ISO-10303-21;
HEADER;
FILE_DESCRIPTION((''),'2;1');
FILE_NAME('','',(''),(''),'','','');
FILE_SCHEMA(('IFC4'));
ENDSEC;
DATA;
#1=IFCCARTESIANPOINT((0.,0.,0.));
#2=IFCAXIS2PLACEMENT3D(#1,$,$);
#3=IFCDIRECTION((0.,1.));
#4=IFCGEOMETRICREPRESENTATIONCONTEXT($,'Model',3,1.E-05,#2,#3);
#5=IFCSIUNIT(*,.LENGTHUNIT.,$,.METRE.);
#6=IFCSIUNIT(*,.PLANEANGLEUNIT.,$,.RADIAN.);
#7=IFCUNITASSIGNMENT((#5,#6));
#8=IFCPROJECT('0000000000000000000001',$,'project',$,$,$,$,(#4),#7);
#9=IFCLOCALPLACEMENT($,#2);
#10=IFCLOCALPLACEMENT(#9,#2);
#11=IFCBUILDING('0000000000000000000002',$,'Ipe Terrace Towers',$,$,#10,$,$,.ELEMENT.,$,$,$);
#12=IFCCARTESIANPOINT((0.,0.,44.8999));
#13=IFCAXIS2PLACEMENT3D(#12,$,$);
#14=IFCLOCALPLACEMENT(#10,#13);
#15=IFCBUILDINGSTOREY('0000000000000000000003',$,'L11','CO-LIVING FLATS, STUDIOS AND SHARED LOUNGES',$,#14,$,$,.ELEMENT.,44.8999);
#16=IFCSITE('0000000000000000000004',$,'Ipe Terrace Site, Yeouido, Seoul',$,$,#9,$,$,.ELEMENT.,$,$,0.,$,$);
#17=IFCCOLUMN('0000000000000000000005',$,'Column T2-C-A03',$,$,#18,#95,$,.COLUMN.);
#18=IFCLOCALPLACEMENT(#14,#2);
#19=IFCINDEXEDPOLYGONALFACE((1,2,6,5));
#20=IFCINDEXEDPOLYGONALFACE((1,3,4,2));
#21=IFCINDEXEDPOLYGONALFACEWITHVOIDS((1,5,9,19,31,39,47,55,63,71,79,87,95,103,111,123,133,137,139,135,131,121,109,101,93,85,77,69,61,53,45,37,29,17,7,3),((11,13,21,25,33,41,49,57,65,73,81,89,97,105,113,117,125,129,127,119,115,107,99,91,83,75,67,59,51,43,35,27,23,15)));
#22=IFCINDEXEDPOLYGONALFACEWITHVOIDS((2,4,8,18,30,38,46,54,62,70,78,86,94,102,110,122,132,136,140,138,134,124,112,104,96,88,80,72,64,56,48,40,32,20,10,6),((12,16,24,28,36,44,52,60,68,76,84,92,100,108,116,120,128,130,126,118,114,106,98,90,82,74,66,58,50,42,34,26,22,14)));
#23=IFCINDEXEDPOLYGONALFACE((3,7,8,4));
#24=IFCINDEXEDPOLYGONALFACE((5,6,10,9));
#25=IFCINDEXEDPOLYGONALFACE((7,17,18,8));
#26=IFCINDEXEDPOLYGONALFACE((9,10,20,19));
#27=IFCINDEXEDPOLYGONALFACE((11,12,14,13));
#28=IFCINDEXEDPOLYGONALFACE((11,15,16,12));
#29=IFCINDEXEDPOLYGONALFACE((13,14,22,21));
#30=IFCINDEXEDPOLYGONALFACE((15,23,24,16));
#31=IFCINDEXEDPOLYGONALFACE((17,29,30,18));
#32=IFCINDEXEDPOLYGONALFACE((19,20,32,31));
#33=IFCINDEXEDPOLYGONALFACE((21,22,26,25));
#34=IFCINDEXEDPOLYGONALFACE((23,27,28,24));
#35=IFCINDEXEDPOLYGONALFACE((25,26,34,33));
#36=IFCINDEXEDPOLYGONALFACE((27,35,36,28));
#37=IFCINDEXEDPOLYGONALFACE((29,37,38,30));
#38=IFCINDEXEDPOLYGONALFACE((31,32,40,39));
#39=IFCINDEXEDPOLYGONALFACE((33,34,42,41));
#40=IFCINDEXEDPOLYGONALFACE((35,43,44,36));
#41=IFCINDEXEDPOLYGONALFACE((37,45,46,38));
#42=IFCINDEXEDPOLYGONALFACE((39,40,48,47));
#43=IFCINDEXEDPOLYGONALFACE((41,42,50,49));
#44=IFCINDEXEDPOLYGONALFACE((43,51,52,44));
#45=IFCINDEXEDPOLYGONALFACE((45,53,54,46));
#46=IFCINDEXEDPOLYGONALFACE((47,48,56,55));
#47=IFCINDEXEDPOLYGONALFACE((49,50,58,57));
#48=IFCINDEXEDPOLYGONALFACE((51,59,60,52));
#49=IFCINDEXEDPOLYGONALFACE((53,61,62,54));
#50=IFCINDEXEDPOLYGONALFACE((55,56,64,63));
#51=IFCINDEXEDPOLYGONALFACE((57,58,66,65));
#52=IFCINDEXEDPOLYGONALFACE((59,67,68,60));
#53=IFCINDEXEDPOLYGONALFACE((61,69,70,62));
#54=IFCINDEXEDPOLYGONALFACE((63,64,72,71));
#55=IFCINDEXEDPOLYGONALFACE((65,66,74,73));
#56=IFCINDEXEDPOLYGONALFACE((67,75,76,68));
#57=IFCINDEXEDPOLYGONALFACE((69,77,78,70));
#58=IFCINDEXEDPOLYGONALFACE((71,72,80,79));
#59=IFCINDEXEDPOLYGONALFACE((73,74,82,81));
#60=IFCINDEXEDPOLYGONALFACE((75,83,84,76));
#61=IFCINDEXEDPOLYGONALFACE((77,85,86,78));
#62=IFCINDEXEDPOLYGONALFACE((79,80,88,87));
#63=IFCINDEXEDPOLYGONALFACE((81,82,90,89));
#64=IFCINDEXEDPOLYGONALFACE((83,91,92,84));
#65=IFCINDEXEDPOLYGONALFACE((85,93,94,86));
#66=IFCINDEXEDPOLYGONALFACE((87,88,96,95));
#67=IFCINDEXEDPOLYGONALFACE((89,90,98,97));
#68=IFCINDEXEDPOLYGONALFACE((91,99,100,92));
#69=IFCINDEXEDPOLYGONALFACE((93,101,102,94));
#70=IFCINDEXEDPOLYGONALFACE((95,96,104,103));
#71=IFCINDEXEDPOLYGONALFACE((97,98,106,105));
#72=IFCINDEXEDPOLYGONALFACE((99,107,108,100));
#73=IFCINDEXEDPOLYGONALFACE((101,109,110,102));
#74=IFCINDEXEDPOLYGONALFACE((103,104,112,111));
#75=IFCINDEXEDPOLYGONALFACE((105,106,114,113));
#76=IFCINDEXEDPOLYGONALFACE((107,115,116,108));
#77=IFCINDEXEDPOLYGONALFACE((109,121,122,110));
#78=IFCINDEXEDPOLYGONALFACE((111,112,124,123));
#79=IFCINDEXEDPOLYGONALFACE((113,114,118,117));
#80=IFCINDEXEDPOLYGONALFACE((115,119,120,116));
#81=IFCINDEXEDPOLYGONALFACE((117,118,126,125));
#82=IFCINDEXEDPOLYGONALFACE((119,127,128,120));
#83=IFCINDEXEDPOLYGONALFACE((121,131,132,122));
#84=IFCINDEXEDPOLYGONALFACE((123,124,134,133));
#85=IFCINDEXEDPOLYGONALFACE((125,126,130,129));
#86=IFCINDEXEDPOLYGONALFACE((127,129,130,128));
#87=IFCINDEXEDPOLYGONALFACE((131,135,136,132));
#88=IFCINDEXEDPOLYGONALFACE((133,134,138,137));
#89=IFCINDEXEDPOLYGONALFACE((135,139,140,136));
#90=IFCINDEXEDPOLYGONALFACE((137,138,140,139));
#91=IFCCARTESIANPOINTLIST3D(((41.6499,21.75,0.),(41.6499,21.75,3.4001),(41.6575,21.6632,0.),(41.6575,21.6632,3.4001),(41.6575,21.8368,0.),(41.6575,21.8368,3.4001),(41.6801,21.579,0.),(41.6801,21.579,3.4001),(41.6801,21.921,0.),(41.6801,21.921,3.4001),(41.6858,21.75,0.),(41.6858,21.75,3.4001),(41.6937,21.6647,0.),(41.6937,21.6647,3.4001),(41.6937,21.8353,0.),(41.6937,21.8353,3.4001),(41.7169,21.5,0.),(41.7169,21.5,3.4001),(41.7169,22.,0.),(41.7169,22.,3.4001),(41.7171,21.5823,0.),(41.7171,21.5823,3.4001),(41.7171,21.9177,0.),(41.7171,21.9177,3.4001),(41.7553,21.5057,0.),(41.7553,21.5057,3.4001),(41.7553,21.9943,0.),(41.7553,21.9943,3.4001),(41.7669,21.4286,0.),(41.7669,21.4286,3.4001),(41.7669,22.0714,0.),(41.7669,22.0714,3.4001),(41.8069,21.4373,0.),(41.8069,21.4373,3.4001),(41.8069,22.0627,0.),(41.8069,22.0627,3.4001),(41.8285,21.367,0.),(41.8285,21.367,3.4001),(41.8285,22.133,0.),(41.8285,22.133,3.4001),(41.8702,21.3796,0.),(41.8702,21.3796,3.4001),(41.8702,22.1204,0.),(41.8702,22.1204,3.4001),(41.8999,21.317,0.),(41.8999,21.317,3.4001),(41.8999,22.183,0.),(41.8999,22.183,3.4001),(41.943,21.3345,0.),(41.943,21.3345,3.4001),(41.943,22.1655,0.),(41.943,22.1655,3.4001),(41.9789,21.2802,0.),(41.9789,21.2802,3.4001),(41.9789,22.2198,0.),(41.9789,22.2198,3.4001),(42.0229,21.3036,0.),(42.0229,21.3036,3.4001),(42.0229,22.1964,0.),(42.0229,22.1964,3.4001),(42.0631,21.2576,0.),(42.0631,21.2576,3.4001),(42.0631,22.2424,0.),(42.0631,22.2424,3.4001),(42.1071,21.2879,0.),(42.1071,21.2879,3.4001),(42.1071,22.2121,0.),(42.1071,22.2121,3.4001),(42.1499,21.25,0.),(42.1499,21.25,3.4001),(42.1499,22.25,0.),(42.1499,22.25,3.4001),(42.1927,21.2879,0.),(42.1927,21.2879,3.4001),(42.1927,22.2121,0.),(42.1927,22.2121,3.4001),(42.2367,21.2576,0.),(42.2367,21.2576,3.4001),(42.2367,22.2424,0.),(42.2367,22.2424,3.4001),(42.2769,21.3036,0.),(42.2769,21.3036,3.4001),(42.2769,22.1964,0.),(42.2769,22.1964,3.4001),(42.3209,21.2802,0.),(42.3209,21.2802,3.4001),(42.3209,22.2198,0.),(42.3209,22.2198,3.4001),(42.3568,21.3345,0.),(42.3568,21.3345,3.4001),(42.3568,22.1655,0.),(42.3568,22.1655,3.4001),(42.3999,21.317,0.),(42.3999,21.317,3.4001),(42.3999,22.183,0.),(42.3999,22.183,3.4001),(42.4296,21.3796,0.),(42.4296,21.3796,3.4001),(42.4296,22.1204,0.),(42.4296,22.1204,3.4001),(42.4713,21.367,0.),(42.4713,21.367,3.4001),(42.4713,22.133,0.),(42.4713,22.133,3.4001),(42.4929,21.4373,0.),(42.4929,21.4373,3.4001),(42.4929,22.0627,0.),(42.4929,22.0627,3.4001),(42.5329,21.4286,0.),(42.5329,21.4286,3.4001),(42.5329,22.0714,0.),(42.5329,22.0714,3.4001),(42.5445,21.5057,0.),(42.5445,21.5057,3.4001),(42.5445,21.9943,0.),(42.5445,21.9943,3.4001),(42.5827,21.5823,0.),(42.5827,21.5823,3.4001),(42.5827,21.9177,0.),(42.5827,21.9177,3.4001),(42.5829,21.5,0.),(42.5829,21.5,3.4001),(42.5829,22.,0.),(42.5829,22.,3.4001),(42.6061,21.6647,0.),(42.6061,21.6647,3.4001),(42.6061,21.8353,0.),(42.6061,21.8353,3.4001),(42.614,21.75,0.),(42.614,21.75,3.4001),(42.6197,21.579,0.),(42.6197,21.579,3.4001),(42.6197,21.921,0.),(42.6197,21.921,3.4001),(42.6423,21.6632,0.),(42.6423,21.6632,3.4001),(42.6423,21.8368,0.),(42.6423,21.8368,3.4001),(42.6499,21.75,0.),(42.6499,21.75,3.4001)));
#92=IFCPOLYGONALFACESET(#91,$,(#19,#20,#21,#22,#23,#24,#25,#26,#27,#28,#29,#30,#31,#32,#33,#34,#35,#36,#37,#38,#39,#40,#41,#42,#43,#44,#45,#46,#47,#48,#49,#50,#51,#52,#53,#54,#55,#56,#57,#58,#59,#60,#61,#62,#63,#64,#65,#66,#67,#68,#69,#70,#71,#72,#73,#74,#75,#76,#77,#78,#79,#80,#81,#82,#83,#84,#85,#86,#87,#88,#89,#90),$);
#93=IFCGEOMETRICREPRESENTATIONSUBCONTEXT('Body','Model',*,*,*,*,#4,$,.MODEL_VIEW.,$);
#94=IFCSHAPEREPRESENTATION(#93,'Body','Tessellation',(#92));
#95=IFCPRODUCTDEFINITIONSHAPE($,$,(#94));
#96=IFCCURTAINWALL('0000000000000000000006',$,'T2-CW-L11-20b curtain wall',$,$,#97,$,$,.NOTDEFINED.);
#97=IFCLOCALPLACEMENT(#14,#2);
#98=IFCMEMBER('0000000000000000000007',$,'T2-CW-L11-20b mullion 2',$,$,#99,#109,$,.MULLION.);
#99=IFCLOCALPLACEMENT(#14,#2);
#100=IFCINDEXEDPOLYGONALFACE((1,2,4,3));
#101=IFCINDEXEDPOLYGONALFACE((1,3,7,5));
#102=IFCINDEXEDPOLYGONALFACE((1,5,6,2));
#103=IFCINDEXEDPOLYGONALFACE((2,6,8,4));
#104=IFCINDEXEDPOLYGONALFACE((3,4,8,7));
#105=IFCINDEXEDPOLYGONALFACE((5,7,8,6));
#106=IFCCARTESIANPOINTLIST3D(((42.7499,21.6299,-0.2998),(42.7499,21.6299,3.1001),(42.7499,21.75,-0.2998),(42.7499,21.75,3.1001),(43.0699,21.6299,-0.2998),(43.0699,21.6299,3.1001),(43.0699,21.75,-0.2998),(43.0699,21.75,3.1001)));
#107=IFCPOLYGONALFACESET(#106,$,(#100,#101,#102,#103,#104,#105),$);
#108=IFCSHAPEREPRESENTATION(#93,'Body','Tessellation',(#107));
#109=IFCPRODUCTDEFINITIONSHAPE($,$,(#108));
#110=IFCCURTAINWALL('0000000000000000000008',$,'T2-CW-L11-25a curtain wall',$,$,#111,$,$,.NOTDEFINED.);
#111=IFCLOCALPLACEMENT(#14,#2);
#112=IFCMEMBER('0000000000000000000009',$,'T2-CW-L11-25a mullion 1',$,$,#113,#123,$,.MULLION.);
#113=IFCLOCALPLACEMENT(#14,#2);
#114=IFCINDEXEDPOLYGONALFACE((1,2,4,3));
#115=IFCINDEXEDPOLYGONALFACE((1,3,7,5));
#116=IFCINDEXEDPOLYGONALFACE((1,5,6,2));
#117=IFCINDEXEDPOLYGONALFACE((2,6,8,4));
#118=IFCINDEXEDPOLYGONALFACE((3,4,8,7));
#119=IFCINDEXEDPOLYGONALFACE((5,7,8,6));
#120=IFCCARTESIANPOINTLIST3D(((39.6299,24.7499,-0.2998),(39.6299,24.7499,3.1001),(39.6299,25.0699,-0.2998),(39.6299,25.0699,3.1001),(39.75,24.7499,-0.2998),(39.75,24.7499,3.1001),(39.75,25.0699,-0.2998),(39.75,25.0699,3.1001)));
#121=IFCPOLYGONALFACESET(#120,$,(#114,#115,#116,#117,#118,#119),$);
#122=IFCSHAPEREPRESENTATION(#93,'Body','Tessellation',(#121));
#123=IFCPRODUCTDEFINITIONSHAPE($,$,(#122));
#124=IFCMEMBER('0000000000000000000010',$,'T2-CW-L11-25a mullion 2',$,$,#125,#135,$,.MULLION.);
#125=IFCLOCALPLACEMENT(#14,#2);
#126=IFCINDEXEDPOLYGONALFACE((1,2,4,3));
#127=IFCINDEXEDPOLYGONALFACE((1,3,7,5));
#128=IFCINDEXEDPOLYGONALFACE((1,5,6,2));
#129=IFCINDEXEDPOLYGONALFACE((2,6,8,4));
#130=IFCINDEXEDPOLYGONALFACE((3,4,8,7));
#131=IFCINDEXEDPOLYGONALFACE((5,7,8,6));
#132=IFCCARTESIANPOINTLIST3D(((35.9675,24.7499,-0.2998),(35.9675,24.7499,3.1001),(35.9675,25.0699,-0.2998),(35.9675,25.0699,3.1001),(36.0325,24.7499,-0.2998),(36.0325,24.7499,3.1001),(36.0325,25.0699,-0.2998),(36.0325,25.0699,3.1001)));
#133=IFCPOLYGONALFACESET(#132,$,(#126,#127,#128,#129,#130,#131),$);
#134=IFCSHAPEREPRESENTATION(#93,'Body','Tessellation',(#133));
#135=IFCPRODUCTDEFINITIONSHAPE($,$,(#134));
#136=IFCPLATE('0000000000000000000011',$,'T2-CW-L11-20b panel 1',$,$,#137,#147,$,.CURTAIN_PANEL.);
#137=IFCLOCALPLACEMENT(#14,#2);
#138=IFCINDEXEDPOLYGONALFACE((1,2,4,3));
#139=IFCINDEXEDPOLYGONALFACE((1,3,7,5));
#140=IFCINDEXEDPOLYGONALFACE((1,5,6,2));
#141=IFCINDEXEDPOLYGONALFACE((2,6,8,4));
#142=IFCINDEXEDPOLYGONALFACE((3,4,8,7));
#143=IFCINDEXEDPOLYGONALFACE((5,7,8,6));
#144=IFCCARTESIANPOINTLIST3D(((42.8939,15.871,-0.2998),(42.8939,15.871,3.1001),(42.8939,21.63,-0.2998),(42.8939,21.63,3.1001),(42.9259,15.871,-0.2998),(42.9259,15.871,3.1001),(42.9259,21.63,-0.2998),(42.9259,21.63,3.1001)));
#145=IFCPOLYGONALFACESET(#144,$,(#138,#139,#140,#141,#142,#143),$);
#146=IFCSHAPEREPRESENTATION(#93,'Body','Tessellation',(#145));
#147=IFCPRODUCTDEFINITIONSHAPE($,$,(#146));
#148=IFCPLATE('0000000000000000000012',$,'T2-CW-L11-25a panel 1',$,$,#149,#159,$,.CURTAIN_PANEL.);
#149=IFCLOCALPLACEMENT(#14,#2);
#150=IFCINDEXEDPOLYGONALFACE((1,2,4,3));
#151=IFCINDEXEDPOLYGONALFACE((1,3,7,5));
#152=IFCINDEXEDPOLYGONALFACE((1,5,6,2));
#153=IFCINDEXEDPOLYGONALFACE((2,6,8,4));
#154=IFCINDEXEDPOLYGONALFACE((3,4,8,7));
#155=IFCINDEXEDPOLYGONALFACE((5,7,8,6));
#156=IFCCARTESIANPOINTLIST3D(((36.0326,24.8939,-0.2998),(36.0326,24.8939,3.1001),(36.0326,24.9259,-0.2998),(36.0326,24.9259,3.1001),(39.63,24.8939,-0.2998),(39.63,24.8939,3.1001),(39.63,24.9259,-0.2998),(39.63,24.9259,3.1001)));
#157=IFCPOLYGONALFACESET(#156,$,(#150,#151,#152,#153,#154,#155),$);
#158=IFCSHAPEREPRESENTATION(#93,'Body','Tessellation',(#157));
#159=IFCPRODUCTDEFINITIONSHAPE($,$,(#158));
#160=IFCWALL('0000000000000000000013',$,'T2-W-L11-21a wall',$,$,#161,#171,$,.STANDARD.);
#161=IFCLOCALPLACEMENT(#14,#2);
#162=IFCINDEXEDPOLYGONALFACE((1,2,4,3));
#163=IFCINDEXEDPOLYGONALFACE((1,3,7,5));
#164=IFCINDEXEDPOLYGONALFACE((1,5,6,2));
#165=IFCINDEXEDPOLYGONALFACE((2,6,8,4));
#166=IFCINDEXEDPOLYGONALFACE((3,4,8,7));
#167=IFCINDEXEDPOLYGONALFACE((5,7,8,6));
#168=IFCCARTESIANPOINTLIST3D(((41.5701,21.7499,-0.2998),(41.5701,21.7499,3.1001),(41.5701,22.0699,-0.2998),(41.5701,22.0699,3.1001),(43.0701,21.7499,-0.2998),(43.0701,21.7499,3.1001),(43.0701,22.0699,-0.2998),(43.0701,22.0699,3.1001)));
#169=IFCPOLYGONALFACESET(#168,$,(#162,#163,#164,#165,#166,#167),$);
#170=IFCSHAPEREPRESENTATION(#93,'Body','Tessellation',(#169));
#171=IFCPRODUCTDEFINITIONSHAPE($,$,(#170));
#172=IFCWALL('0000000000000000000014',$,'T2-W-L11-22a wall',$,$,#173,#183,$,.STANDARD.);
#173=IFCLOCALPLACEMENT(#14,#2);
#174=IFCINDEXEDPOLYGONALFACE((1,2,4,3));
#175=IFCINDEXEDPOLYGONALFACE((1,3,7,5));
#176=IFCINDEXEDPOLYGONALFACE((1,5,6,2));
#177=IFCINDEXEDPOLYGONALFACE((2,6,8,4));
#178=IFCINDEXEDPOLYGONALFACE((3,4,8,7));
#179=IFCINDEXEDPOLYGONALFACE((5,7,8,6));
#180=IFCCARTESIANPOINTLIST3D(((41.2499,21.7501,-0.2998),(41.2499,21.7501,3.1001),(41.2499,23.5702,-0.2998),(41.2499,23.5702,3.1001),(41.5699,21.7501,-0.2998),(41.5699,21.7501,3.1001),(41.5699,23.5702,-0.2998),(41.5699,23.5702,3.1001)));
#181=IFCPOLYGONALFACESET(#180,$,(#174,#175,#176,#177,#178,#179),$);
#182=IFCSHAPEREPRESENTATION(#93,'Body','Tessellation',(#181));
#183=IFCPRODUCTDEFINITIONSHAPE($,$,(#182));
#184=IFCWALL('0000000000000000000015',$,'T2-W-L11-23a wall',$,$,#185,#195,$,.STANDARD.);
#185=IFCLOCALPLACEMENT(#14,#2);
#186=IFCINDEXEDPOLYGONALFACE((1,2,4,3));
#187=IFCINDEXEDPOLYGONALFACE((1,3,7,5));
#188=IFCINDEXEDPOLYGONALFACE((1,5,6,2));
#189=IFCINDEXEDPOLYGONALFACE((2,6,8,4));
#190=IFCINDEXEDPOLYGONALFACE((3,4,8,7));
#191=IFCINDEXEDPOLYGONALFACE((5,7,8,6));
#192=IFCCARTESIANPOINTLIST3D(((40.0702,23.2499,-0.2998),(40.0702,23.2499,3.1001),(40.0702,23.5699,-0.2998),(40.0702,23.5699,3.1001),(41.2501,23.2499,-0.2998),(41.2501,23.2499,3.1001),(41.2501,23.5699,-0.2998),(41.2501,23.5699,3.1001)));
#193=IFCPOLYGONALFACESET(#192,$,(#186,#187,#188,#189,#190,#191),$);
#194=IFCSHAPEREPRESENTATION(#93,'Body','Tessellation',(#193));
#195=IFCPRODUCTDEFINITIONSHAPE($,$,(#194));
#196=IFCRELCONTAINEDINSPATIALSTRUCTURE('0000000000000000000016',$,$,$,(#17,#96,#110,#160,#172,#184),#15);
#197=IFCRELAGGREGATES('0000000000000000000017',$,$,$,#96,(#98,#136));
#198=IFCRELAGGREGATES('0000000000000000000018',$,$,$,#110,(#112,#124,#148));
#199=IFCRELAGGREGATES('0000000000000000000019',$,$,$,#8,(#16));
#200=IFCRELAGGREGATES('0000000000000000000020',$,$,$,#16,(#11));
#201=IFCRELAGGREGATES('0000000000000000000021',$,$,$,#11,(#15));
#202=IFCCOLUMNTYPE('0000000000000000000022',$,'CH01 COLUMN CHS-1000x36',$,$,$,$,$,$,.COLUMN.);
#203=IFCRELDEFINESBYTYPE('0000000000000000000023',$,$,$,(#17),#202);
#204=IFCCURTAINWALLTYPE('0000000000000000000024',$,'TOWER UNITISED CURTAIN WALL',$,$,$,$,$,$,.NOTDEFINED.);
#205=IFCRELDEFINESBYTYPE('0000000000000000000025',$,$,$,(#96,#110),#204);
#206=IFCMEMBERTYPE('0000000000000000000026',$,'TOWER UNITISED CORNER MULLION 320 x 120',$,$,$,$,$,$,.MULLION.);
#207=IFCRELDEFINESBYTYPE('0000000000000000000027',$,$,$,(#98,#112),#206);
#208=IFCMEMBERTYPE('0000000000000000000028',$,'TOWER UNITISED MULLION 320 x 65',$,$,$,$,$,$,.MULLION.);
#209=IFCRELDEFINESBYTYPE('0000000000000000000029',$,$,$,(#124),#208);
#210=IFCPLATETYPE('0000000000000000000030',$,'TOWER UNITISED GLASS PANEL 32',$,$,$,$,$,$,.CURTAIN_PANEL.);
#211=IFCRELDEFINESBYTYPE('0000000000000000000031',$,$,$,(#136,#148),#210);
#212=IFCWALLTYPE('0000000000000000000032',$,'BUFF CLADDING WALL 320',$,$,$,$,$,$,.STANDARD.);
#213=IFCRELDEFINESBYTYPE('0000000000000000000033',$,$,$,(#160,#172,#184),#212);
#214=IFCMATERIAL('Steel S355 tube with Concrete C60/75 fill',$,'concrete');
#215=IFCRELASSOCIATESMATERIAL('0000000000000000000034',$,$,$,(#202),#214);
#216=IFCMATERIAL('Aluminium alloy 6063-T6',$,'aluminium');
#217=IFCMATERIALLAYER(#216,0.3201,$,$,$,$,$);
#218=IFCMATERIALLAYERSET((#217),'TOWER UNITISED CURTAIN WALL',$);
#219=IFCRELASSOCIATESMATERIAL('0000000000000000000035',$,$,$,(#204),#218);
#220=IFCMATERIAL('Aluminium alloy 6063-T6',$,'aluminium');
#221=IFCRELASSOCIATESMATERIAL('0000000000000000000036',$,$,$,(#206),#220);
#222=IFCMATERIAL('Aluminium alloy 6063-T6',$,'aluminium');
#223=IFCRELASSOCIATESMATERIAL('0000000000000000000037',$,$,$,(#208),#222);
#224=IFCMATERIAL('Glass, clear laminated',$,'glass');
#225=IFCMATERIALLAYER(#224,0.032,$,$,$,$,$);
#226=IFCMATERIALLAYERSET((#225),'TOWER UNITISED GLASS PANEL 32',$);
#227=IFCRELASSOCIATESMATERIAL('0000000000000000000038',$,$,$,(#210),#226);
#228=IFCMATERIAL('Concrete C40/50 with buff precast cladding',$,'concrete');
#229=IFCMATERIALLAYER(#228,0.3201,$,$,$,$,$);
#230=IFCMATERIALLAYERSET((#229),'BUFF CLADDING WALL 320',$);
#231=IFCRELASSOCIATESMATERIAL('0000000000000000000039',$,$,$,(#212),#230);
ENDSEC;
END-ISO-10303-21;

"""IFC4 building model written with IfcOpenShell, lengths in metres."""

from ifc_helpers import new_model, si_unit, direction, frame, frame_2d, origin, origin_2d, place, context, subcontext, project, spatial, rectangle, hollow_circle, extrude, material, layer, layer_set, material_profile, profile_set, type_object, element, aggregate, save


model = new_model("IFC4")

# Units and contexts
model_context = context("Model", 3, precision=1e-05, world=origin(), true_north=direction((0.0, 1.0)))
body_context = subcontext(model_context, "Body", "Model", "MODEL_VIEW")
ifc_project = project(units=[si_unit("LENGTHUNIT", "METRE"), si_unit("PLANEANGLEUNIT", "RADIAN")], contexts=[model_context])

# Site, building, storey
site_placement = place(None, origin())
site = spatial("IfcSite", under=ifc_project, at=site_placement, Name="Ipe Terrace Site, Yeouido, Seoul", CompositionType="ELEMENT", RefElevation=0.0)
building_placement = place(site_placement, origin())
building = spatial("IfcBuilding", under=site, at=building_placement, Name="Ipe Terrace Towers", CompositionType="ELEMENT")
storey_placement = place(building_placement, frame((0.0, 0.0, 44.8999)))
storey = spatial("IfcBuildingStorey", under=building, at=storey_placement, Name="L11", Description="CO-LIVING FLATS, STUDIOS AND SHARED LOUNGES", CompositionType="ELEMENT", Elevation=44.8999)

# Column
ifc_material_1 = material(Name="Steel S355 tube with Concrete C60/75 fill", Category="concrete")
ifc_material_profile_1 = material_profile(ifc_material_1, hollow_circle(Radius=0.5, WallThickness=0.0359, at=origin_2d()), Name="CHS-1000x36")
ifc_profile_set_1 = profile_set([ifc_material_profile_1], Name="Steel S355 tube with Concrete C60/75 fill")
column_type = type_object("IfcColumnType", Name="CH01 COLUMN CHS-1000x36", PredefinedType="COLUMN", material=ifc_profile_set_1)
column_placement = place(storey_placement, frame((42.1499, 21.75, 0.0), z_axis=(0.0, 0.0, 1.0), x_axis=(1.0, 0.0, 0.0)))
element("IfcColumn", 1, at=column_placement, inside=storey, type_object=column_type, Name="Column T2-C-A03", PredefinedType="COLUMN", context=body_context, shape_type="SweptSolid", body=[
    extrude(hollow_circle(Radius=0.5, WallThickness=0.0359, at=origin_2d()), origin(), (0.0, 0.0, 1.0), 3.4001),
])

# Curtain wall, member
ifc_material_2 = material(Name="Aluminium alloy 6063-T6", Category="aluminium")
ifc_layer_1 = layer(ifc_material_2, 0.3201)
ifc_layer_set_1 = layer_set([ifc_layer_1], Name="TOWER UNITISED CURTAIN WALL")
curtain_wall_type = type_object("IfcCurtainWallType", Name="TOWER UNITISED CURTAIN WALL", PredefinedType="NOTDEFINED", material=ifc_layer_set_1)
curtain_wall_1_placement = place(storey_placement, origin())
curtain_wall_1 = element("IfcCurtainWall", 2, at=curtain_wall_1_placement, inside=storey, type_object=curtain_wall_type, Name="T2-CW-L11-20b curtain wall", PredefinedType="NOTDEFINED")
ifc_material_3 = material(Name="Aluminium alloy 6063-T6", Category="aluminium")
ifc_material_profile_2 = material_profile(ifc_material_3, rectangle(XDim=0.3201, YDim=0.1201, at=origin_2d()), Name="TOWER UNITISED CORNER MULLION 320 x 120")
ifc_profile_set_2 = profile_set([ifc_material_profile_2], Name="Aluminium alloy 6063-T6")
member_type_1 = type_object("IfcMemberType", Name="TOWER UNITISED CORNER MULLION 320 x 120", PredefinedType="MULLION", material=ifc_profile_set_2)
member_1_placement = place(storey_placement, frame((42.9099, 21.6899, -0.2998), z_axis=(0.0, 0.0, 1.0), x_axis=(1.0, 0.0, 0.0)))
member_1 = element("IfcMember", 3, at=member_1_placement, type_object=member_type_1, Name="T2-CW-L11-20b mullion 2", PredefinedType="MULLION", context=body_context, shape_type="SweptSolid", body=[
    extrude(rectangle(XDim=0.3201, YDim=0.1201, at=origin_2d()), origin(), (0.0, 0.0, 1.0), 3.3999),
])

# Curtain wall, members
curtain_wall_2_placement = place(storey_placement, origin())
curtain_wall_2 = element("IfcCurtainWall", 4, at=curtain_wall_2_placement, inside=storey, type_object=curtain_wall_type, Name="T2-CW-L11-25a curtain wall", PredefinedType="NOTDEFINED")
member_2_placement = place(storey_placement, frame((39.6899, 24.9099, -0.2998), z_axis=(0.0, 0.0, 1.0), x_axis=(0.0, 1.0, 0.0)))
member_2 = element("IfcMember", 5, at=member_2_placement, type_object=member_type_1, Name="T2-CW-L11-25a mullion 1", PredefinedType="MULLION", context=body_context, shape_type="SweptSolid", body=[
    extrude(rectangle(XDim=0.3201, YDim=0.1201, at=origin_2d()), origin(), (0.0, 0.0, 1.0), 3.3999),
])
ifc_material_4 = material(Name="Aluminium alloy 6063-T6", Category="aluminium")
ifc_material_profile_3 = material_profile(ifc_material_4, rectangle(XDim=0.3201, YDim=0.0649, at=origin_2d()), Name="TOWER UNITISED MULLION 320 x 65")
ifc_profile_set_3 = profile_set([ifc_material_profile_3], Name="Aluminium alloy 6063-T6")
member_type_2 = type_object("IfcMemberType", Name="TOWER UNITISED MULLION 320 x 65", PredefinedType="MULLION", material=ifc_profile_set_3)
member_3_placement = place(storey_placement, frame((36.0, 24.9099, -0.2998), z_axis=(0.0, 0.0, 1.0), x_axis=(0.0, 1.0, 0.0)))
member_3 = element("IfcMember", 6, at=member_3_placement, type_object=member_type_2, Name="T2-CW-L11-25a mullion 2", PredefinedType="MULLION", context=body_context, shape_type="SweptSolid", body=[
    extrude(rectangle(XDim=0.3201, YDim=0.0649, at=origin_2d()), origin(), (0.0, 0.0, 1.0), 3.3999),
])

# Plates
ifc_material_5 = material(Name="Glass, clear laminated", Category="glass")
ifc_layer_2 = layer(ifc_material_5, 0.032)
ifc_layer_set_2 = layer_set([ifc_layer_2], Name="TOWER UNITISED GLASS PANEL 32")
plate_type = type_object("IfcPlateType", Name="TOWER UNITISED GLASS PANEL 32", PredefinedType="CURTAIN_PANEL", material=ifc_layer_set_2)
plate_1_placement = place(storey_placement, frame((42.9099, 18.7505, -0.2998), z_axis=(0.0, 0.0, 1.0), x_axis=(0.0, 1.0, 0.0)))
plate_1 = element("IfcPlate", 7, at=plate_1_placement, type_object=plate_type, Name="T2-CW-L11-20b panel 1", PredefinedType="CURTAIN_PANEL", context=body_context, shape_type="SweptSolid", body=[
    extrude(rectangle(XDim=5.759, YDim=0.032, at=origin_2d()), origin(), (0.0, 0.0, 1.0), 3.3999),
])
aggregate(curtain_wall_1, [member_1, plate_1])
plate_2_placement = place(storey_placement, frame((37.8313, 24.9099, -0.2998), z_axis=(0.0, 0.0, 1.0), x_axis=(-1.0, 0.0, 0.0)))
plate_2 = element("IfcPlate", 8, at=plate_2_placement, type_object=plate_type, Name="T2-CW-L11-25a panel 1", PredefinedType="CURTAIN_PANEL", context=body_context, shape_type="SweptSolid", body=[
    extrude(rectangle(XDim=3.5974, YDim=0.032, at=origin_2d()), origin(), (0.0, 0.0, 1.0), 3.3999),
])
aggregate(curtain_wall_2, [member_2, member_3, plate_2])

# Walls
ifc_material_6 = material(Name="Concrete C40/50 with buff precast cladding", Category="concrete")
ifc_layer_3 = layer(ifc_material_6, 0.3201)
ifc_layer_set_3 = layer_set([ifc_layer_3], Name="BUFF CLADDING WALL 320")
wall_type_1 = type_object("IfcWallType", Name="BUFF CLADDING WALL 320", PredefinedType="STANDARD", material=ifc_layer_set_3)
wall_1_placement = place(storey_placement, frame((43.0701, 21.9099, -0.2998), z_axis=(0.0, 0.0, 1.0), x_axis=(-1.0, 0.0, 0.0)))
element("IfcWall", 9, at=wall_1_placement, inside=storey, type_object=wall_type_1, Name="T2-W-L11-21a wall", PredefinedType="STANDARD", context=body_context, shape_type="SweptSolid", body=[
    extrude(rectangle(XDim=1.5, YDim=0.3201, at=frame_2d((0.75, 0.0))), origin(), (0.0, 0.0, 1.0), 3.3999),
])
wall_2_placement = place(storey_placement, frame((41.4099, 21.75, -0.2998), z_axis=(0.0, 0.0, 1.0), x_axis=(0.0, 1.0, 0.0)))
element("IfcWall", 10, at=wall_2_placement, inside=storey, type_object=wall_type_1, Name="T2-W-L11-22a wall", PredefinedType="STANDARD", context=body_context, shape_type="SweptSolid", body=[
    extrude(rectangle(XDim=1.8201, YDim=0.3201, at=frame_2d((0.9102, 0.0))), origin(), (0.0, 0.0, 1.0), 3.3999),
])
wall_3_placement = place(storey_placement, frame((41.25, 23.4099, -0.2998), z_axis=(0.0, 0.0, 1.0), x_axis=(-1.0, 0.0, 0.0)))
element("IfcWall", 11, at=wall_3_placement, inside=storey, type_object=wall_type_1, Name="T2-W-L11-23a wall", PredefinedType="STANDARD", context=body_context, shape_type="SweptSolid", body=[
    extrude(rectangle(XDim=1.1799, YDim=0.3201, at=frame_2d((0.5898, 0.0))), origin(), (0.0, 0.0, 1.0), 3.3999),
])

save(model, "model.ifc")
